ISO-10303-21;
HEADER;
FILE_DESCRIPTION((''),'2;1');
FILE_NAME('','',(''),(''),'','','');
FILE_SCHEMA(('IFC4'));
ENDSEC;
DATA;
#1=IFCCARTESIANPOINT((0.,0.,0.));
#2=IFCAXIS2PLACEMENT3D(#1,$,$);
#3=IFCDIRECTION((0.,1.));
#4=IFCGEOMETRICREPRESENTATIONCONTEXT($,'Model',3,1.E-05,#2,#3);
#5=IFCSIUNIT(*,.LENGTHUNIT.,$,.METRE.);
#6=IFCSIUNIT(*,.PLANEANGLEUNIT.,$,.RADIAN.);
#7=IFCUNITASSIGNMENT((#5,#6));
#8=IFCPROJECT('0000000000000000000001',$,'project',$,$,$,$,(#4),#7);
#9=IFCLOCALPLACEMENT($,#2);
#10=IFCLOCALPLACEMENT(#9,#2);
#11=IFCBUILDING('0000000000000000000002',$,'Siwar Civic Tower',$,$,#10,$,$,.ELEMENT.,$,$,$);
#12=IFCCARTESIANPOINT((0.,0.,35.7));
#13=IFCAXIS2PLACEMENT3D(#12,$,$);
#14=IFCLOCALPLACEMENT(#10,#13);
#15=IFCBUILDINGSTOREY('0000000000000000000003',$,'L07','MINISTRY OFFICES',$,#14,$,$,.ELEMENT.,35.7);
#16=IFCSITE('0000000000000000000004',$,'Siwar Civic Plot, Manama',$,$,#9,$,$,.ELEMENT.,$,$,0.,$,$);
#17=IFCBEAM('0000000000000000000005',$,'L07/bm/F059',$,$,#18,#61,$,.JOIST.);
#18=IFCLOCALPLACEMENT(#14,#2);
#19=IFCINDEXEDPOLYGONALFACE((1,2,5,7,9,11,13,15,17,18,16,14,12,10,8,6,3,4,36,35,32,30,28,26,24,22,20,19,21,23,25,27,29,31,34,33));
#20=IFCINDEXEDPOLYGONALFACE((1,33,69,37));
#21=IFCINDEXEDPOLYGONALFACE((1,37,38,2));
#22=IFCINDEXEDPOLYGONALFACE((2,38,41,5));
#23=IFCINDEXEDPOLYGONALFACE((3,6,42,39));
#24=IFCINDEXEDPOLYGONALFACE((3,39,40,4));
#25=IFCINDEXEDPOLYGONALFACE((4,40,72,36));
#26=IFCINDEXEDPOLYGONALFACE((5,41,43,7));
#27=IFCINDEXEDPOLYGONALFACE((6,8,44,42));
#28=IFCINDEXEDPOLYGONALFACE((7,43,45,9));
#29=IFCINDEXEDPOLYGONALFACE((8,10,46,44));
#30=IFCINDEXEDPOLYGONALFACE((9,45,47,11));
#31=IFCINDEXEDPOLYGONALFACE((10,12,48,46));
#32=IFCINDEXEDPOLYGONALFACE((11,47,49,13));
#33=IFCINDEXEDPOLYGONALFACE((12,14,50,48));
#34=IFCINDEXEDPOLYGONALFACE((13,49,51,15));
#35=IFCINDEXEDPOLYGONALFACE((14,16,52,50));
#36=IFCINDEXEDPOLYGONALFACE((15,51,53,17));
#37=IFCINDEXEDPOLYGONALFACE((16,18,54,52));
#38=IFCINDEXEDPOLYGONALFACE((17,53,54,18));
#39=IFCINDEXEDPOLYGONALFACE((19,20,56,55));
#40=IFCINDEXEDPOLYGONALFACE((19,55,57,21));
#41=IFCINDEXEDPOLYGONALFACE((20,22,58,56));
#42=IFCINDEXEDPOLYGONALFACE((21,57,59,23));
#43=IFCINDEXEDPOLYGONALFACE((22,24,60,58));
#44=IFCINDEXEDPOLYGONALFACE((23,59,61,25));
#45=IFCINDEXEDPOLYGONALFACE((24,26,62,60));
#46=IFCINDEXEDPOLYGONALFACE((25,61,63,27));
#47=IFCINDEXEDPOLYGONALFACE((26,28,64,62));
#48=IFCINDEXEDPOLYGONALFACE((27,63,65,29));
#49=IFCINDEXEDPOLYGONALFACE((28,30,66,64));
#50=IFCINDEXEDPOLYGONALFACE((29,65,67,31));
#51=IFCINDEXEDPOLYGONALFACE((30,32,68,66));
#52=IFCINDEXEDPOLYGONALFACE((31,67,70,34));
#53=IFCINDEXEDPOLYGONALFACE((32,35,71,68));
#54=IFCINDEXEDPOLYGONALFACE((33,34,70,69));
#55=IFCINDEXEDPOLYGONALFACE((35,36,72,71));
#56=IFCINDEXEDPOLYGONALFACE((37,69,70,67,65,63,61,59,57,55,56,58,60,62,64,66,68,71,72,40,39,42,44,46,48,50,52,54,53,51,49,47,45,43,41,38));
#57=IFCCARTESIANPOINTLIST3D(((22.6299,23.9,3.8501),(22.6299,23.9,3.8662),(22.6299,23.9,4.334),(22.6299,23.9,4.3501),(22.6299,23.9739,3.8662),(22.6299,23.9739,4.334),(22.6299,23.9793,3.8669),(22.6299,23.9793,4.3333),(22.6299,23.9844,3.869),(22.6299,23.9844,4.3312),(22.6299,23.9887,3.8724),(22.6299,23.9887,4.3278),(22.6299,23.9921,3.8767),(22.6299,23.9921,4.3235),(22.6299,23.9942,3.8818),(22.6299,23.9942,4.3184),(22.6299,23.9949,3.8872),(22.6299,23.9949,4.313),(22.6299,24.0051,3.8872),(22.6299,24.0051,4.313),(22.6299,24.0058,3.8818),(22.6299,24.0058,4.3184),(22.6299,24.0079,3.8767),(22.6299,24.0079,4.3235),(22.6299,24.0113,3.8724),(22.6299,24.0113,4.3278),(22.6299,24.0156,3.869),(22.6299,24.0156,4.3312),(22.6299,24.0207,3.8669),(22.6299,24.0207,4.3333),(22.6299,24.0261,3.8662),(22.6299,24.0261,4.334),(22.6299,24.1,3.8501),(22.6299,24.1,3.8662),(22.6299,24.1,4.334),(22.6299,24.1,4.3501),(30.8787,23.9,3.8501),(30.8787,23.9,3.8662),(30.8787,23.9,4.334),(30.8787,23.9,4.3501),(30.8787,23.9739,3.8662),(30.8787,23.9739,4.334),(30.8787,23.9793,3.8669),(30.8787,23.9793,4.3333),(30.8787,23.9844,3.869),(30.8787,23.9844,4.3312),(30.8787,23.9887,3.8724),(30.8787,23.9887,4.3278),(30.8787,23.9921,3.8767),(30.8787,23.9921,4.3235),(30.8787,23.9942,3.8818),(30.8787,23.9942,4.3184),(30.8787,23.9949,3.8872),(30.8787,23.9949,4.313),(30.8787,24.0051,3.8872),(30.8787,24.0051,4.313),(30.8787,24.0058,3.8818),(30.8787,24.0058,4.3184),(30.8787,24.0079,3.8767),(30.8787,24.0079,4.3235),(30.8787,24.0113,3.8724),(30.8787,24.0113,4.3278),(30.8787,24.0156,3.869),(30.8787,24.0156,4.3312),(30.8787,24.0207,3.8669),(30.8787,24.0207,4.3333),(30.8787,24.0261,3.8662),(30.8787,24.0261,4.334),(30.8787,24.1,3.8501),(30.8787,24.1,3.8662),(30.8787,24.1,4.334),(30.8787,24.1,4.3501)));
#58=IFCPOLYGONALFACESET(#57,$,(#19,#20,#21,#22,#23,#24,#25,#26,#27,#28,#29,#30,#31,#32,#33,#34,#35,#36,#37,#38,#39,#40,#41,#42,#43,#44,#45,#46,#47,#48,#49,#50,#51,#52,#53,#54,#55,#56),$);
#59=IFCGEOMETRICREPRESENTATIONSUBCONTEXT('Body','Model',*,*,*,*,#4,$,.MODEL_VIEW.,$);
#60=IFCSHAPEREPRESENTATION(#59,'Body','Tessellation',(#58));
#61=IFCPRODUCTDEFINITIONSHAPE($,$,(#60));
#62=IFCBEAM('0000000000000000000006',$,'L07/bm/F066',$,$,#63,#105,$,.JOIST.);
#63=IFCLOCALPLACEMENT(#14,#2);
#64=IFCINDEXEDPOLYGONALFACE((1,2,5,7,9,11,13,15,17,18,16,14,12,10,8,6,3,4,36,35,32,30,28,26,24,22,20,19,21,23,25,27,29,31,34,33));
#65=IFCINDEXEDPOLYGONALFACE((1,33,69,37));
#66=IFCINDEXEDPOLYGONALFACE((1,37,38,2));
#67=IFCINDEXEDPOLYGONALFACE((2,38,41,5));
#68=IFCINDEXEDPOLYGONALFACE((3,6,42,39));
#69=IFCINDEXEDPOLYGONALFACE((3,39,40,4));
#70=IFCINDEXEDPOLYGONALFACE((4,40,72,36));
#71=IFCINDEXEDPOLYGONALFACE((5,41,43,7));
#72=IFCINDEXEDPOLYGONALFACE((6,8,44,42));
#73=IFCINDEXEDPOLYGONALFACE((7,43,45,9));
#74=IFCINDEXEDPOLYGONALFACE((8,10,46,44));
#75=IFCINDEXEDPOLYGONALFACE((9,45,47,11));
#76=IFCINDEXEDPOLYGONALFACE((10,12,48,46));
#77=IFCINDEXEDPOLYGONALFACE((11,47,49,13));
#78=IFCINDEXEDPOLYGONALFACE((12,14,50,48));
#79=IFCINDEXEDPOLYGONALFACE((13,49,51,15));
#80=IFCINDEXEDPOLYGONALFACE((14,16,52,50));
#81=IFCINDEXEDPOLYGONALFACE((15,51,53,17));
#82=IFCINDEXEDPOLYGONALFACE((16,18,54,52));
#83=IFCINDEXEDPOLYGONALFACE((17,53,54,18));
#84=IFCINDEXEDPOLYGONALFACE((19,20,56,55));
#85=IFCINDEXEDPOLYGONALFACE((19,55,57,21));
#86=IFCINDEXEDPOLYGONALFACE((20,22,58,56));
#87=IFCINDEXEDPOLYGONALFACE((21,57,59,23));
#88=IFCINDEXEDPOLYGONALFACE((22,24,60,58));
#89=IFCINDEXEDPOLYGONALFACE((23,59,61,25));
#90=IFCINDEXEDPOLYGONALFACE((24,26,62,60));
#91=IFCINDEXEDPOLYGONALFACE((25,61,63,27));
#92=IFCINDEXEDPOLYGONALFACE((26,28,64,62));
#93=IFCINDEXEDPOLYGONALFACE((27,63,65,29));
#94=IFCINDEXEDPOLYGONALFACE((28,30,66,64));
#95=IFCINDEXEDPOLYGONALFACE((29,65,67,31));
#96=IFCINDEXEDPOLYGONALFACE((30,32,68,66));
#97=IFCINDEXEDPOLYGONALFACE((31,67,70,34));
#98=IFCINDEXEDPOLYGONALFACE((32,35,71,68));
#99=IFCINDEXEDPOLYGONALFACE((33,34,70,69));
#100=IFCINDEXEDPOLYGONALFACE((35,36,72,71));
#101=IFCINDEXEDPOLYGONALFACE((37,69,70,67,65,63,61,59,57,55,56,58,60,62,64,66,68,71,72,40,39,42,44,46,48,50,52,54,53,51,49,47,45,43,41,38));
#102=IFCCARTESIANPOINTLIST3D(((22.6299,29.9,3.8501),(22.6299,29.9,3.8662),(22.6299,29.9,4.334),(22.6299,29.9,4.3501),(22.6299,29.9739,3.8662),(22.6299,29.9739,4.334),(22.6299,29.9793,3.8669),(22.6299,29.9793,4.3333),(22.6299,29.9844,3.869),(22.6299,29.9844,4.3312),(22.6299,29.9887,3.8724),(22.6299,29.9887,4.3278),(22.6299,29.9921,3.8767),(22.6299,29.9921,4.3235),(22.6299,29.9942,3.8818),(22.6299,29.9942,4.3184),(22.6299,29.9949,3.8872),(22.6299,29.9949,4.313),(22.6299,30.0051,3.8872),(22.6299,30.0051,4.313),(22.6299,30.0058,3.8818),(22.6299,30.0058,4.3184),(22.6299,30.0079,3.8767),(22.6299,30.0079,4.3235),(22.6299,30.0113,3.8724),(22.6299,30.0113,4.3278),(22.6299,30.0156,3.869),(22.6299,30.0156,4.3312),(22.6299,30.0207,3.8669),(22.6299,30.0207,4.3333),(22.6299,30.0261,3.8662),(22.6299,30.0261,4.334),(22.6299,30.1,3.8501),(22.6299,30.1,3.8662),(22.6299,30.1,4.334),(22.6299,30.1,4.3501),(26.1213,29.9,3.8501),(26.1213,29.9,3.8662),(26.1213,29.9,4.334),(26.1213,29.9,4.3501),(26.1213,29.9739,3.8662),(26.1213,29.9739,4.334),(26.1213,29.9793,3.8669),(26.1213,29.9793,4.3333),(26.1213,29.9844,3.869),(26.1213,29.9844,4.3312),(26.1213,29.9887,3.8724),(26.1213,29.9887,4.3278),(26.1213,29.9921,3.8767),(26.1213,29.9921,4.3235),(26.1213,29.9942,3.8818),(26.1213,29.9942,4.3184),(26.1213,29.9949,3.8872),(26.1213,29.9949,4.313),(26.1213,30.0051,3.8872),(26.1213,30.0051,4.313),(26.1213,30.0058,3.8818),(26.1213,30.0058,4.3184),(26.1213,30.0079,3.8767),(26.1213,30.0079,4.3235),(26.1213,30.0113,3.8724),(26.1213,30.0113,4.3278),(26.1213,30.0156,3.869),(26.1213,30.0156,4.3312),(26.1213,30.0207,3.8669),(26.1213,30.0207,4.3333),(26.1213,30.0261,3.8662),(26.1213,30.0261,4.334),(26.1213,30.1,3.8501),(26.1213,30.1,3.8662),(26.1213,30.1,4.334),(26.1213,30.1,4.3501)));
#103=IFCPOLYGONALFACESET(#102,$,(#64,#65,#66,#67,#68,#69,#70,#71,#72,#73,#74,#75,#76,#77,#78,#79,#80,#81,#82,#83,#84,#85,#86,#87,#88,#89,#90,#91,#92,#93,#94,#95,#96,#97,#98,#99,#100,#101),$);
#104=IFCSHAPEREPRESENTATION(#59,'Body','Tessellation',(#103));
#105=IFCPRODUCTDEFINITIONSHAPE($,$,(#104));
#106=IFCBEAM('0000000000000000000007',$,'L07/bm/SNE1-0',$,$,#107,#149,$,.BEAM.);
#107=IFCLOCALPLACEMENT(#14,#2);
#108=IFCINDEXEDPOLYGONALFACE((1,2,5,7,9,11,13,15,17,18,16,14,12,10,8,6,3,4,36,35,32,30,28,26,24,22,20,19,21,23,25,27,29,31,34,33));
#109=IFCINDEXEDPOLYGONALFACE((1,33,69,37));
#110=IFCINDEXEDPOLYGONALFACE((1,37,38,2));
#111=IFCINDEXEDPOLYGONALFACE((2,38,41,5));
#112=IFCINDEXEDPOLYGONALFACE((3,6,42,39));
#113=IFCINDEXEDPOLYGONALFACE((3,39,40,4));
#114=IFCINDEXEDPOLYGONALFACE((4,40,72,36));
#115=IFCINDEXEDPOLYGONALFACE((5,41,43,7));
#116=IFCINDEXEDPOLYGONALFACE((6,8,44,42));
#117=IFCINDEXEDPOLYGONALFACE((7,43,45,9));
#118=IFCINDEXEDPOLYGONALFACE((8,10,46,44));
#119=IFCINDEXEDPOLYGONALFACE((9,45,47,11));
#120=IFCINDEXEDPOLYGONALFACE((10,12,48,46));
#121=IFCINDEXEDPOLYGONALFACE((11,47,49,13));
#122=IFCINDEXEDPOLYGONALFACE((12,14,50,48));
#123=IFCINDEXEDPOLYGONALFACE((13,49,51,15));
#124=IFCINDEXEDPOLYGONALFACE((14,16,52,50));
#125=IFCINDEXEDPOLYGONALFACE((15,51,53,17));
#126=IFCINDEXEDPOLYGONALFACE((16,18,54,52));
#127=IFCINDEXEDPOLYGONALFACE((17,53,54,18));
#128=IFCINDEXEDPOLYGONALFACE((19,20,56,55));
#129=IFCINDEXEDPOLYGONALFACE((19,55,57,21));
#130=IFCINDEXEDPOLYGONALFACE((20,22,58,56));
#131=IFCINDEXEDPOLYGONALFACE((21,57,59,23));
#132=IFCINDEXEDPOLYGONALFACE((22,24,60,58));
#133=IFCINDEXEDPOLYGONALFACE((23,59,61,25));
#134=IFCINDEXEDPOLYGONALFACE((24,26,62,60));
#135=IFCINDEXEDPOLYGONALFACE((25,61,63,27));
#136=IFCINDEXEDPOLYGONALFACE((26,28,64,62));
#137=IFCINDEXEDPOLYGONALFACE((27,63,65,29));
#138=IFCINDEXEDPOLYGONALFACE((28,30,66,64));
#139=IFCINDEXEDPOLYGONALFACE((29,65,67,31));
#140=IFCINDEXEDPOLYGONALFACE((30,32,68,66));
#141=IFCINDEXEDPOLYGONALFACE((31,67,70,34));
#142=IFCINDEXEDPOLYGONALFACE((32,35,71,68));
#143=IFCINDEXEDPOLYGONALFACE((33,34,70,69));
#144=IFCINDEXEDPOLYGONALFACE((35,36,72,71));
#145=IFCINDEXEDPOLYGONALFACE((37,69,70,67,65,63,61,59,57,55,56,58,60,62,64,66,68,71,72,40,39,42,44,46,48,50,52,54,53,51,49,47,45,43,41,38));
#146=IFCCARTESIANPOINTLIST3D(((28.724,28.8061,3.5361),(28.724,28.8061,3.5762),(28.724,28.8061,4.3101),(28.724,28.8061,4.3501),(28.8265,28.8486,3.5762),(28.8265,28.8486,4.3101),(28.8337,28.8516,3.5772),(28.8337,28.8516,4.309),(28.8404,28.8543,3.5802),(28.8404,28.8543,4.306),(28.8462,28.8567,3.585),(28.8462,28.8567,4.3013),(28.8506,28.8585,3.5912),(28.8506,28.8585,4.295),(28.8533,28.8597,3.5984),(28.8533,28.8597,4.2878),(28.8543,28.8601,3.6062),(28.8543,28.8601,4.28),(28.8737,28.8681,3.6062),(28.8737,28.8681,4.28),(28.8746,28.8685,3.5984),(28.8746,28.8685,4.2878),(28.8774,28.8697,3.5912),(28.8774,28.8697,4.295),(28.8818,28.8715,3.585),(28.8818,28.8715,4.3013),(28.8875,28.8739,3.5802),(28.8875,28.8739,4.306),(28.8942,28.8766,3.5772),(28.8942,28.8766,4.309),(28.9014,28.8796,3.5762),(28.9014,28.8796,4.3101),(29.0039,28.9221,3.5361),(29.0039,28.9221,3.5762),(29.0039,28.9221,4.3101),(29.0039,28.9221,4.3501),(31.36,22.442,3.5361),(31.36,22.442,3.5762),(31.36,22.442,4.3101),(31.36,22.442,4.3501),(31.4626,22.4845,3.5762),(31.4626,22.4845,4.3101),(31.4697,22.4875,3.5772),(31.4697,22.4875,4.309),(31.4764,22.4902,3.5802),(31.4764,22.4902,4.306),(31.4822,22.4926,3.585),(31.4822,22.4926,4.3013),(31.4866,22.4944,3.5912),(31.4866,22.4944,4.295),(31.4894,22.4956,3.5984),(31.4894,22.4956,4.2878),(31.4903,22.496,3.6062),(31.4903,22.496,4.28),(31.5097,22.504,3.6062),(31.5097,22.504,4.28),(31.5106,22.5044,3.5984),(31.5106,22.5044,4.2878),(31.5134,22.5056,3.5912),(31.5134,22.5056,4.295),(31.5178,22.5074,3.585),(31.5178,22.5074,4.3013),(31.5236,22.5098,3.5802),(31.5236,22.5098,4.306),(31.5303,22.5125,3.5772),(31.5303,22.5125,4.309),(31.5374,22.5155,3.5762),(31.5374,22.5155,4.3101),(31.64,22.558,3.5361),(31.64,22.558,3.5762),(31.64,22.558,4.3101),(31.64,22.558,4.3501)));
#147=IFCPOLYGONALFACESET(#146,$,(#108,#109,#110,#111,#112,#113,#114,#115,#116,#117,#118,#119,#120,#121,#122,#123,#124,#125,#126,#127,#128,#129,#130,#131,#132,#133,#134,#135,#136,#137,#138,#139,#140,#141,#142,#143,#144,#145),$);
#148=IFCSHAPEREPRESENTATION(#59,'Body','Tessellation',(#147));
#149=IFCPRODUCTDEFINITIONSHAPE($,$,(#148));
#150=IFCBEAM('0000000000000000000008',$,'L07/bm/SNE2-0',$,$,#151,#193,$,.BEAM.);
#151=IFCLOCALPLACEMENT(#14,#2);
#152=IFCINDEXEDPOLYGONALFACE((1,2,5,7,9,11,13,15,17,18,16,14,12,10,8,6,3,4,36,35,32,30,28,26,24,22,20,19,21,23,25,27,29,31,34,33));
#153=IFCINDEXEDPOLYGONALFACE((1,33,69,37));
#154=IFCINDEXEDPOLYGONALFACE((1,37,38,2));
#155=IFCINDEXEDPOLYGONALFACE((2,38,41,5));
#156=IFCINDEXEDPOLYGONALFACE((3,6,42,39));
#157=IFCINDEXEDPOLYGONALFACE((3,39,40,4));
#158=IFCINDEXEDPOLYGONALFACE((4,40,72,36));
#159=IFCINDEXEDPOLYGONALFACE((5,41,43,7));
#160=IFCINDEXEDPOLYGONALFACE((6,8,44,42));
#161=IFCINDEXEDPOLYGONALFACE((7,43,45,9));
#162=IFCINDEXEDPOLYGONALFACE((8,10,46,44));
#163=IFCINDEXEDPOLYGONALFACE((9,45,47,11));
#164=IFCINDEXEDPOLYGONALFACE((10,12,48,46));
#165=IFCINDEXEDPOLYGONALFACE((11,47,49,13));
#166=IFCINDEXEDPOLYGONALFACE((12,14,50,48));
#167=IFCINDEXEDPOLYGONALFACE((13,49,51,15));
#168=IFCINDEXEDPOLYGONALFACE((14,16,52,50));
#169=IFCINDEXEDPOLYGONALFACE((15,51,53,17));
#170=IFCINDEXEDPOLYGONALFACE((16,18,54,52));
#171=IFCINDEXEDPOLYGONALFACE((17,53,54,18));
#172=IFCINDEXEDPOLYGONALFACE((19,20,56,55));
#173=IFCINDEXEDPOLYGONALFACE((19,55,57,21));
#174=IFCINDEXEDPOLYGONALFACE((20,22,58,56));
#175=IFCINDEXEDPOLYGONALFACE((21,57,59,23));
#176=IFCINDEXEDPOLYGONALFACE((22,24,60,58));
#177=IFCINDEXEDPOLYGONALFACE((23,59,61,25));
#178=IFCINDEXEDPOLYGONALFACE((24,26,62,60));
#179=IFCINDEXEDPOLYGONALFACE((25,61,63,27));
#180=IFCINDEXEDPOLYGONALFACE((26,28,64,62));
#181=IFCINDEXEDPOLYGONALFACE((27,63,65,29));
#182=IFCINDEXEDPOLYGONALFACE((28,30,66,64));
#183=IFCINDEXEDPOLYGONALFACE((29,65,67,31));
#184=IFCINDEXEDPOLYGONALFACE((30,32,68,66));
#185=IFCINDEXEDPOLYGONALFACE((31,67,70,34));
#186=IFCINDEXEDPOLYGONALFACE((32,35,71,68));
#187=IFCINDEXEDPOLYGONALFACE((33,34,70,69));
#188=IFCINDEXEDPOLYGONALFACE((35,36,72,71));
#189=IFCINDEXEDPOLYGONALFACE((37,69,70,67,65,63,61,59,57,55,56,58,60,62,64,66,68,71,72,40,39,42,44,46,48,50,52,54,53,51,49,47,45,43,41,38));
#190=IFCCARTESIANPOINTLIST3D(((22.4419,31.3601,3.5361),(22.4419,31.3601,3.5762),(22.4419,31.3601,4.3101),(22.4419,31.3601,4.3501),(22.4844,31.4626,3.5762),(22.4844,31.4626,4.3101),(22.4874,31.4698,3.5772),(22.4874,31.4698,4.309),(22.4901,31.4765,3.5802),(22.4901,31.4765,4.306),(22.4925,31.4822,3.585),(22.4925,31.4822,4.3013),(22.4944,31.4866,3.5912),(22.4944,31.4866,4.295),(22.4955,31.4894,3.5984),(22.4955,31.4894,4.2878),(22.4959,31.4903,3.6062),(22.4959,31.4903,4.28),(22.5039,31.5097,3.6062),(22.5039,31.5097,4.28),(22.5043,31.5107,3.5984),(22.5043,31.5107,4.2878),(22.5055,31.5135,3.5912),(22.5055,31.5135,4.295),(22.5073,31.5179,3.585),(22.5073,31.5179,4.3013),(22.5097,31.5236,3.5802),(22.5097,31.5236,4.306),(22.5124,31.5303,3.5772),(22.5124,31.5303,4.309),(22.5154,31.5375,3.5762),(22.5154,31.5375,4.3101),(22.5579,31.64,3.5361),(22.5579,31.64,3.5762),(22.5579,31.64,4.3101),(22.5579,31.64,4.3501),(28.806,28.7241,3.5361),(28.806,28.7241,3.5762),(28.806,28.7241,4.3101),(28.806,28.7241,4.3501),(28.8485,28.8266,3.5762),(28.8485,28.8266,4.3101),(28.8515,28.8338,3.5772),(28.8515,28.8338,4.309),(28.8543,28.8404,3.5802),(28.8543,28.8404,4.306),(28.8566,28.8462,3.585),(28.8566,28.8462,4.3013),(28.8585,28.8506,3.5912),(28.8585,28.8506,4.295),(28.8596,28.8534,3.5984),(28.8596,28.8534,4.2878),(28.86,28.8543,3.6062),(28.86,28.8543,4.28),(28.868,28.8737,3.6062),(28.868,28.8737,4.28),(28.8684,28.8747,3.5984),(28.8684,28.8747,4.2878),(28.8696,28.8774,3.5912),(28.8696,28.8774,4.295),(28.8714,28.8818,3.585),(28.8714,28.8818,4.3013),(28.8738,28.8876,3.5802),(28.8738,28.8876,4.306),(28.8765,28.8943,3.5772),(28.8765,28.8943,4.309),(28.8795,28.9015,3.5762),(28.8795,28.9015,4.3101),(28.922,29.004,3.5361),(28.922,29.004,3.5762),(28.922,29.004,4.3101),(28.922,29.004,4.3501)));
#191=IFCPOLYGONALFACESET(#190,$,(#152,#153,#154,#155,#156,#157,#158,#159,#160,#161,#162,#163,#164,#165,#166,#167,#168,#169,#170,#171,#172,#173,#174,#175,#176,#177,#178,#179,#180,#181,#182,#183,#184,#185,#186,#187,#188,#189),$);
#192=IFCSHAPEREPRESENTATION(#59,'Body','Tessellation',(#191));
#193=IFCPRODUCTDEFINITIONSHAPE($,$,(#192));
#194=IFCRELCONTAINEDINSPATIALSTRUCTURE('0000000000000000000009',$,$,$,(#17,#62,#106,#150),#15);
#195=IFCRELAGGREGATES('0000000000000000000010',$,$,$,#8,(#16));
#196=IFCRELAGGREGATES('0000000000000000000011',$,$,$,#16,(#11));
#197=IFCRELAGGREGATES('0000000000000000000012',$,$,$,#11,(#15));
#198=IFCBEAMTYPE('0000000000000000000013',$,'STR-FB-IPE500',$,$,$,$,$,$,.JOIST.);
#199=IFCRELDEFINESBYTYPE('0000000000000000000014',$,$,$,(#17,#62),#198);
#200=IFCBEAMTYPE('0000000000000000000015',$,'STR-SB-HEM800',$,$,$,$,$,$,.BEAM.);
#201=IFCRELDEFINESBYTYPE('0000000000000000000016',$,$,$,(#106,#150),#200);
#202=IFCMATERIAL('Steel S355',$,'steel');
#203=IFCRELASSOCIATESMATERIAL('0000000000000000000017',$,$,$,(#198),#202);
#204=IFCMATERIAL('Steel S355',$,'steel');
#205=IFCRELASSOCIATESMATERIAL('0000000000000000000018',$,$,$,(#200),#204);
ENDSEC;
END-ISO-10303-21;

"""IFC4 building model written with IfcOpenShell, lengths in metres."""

from ifc_helpers import new_model, si_unit, direction, frame, origin, origin_2d, place, context, subcontext, project, spatial, i_section, extrude, material, material_profile, profile_set, type_object, element, save


model = new_model("IFC4")

# Units and contexts
model_context = context("Model", 3, precision=1e-05, world=origin(), true_north=direction((0.0, 1.0)))
body_context = subcontext(model_context, "Body", "Model", "MODEL_VIEW")
ifc_project = project(units=[si_unit("LENGTHUNIT", "METRE"), si_unit("PLANEANGLEUNIT", "RADIAN")], contexts=[model_context])

# Site, building, storey
site_placement = place(None, origin())
site = spatial("IfcSite", under=ifc_project, at=site_placement, Name="Siwar Civic Plot, Manama", CompositionType="ELEMENT", RefElevation=0.0)
building_placement = place(site_placement, origin())
building = spatial("IfcBuilding", under=site, at=building_placement, Name="Siwar Civic Tower", CompositionType="ELEMENT")
storey_placement = place(building_placement, frame((0.0, 0.0, 35.7)))
storey = spatial("IfcBuildingStorey", under=building, at=storey_placement, Name="L07", Description="MINISTRY OFFICES", CompositionType="ELEMENT", Elevation=35.7)

# Beams
ifc_material_1 = material(Name="Steel S355", Category="steel")
ifc_material_profile_1 = material_profile(ifc_material_1, i_section(OverallWidth=0.2, OverallDepth=0.5, WebThickness=0.0103, FlangeThickness=0.0161, FilletRadius=0.021, at=origin_2d()), Name="IPE500")
ifc_profile_set_1 = profile_set([ifc_material_profile_1], Name="Steel S355")
beam_type_1 = type_object("IfcBeamType", Name="STR-FB-IPE500", PredefinedType="JOIST", material=ifc_profile_set_1)
beam_1_placement = place(storey_placement, frame((22.6299, 24.0, 4.1001), z_axis=(1.0, 0.0, 0.0), x_axis=(0.0, 1.0, 0.0)))
element("IfcBeam", 1, at=beam_1_placement, inside=storey, type_object=beam_type_1, Name="L07/bm/F059", PredefinedType="JOIST", context=body_context, shape_type="SweptSolid", body=[
    extrude(i_section(OverallWidth=0.2, OverallDepth=0.5, WebThickness=0.0103, FlangeThickness=0.0161, FilletRadius=0.021, at=origin_2d()), origin(), (0.0, 0.0, 1.0), 8.2488),
])
beam_2_placement = place(storey_placement, frame((22.6299, 30.0, 4.1001), z_axis=(1.0, 0.0, 0.0), x_axis=(0.0, 1.0, 0.0)))
element("IfcBeam", 2, at=beam_2_placement, inside=storey, type_object=beam_type_1, Name="L07/bm/F066", PredefinedType="JOIST", context=body_context, shape_type="SweptSolid", body=[
    extrude(i_section(OverallWidth=0.2, OverallDepth=0.5, WebThickness=0.0103, FlangeThickness=0.0161, FilletRadius=0.021, at=origin_2d()), origin(), (0.0, 0.0, 1.0), 3.4915),
])
ifc_material_2 = material(Name="Steel S355", Category="steel")
ifc_material_profile_2 = material_profile(ifc_material_2, i_section(OverallWidth=0.303, OverallDepth=0.814, WebThickness=0.021, FlangeThickness=0.04, FilletRadius=0.03, at=origin_2d()), Name="HEM800")
ifc_profile_set_2 = profile_set([ifc_material_profile_2], Name="Steel S355")
beam_type_2 = type_object("IfcBeamType", Name="STR-SB-HEM800", PredefinedType="BEAM", material=ifc_profile_set_2)
for number, where, z_axis, x_axis, name in (
    (3, (31.5, 22.5, 3.9431), (-0.382674, 0.923883, 0.0), (-0.923883, -0.382674, 0.0), "L07/bm/SNE1-0"),
    (4, (28.864, 28.864, 3.9431), (-0.923883, 0.382674, 0.0), (-0.382674, -0.923883, 0.0), "L07/bm/SNE2-0"),
):
    element("IfcBeam", number, at=place(storey_placement, frame(where, z_axis=z_axis, x_axis=x_axis)), inside=storey, type_object=beam_type_2, Name=name, PredefinedType="BEAM", context=body_context, shape_type="SweptSolid", body=[
        extrude(i_section(OverallWidth=0.303, OverallDepth=0.814, WebThickness=0.021, FlangeThickness=0.04, FilletRadius=0.03, at=origin_2d()), origin(), (0.0, 0.0, 1.0), 6.8884),
    ])

save(model, "model.ifc")
